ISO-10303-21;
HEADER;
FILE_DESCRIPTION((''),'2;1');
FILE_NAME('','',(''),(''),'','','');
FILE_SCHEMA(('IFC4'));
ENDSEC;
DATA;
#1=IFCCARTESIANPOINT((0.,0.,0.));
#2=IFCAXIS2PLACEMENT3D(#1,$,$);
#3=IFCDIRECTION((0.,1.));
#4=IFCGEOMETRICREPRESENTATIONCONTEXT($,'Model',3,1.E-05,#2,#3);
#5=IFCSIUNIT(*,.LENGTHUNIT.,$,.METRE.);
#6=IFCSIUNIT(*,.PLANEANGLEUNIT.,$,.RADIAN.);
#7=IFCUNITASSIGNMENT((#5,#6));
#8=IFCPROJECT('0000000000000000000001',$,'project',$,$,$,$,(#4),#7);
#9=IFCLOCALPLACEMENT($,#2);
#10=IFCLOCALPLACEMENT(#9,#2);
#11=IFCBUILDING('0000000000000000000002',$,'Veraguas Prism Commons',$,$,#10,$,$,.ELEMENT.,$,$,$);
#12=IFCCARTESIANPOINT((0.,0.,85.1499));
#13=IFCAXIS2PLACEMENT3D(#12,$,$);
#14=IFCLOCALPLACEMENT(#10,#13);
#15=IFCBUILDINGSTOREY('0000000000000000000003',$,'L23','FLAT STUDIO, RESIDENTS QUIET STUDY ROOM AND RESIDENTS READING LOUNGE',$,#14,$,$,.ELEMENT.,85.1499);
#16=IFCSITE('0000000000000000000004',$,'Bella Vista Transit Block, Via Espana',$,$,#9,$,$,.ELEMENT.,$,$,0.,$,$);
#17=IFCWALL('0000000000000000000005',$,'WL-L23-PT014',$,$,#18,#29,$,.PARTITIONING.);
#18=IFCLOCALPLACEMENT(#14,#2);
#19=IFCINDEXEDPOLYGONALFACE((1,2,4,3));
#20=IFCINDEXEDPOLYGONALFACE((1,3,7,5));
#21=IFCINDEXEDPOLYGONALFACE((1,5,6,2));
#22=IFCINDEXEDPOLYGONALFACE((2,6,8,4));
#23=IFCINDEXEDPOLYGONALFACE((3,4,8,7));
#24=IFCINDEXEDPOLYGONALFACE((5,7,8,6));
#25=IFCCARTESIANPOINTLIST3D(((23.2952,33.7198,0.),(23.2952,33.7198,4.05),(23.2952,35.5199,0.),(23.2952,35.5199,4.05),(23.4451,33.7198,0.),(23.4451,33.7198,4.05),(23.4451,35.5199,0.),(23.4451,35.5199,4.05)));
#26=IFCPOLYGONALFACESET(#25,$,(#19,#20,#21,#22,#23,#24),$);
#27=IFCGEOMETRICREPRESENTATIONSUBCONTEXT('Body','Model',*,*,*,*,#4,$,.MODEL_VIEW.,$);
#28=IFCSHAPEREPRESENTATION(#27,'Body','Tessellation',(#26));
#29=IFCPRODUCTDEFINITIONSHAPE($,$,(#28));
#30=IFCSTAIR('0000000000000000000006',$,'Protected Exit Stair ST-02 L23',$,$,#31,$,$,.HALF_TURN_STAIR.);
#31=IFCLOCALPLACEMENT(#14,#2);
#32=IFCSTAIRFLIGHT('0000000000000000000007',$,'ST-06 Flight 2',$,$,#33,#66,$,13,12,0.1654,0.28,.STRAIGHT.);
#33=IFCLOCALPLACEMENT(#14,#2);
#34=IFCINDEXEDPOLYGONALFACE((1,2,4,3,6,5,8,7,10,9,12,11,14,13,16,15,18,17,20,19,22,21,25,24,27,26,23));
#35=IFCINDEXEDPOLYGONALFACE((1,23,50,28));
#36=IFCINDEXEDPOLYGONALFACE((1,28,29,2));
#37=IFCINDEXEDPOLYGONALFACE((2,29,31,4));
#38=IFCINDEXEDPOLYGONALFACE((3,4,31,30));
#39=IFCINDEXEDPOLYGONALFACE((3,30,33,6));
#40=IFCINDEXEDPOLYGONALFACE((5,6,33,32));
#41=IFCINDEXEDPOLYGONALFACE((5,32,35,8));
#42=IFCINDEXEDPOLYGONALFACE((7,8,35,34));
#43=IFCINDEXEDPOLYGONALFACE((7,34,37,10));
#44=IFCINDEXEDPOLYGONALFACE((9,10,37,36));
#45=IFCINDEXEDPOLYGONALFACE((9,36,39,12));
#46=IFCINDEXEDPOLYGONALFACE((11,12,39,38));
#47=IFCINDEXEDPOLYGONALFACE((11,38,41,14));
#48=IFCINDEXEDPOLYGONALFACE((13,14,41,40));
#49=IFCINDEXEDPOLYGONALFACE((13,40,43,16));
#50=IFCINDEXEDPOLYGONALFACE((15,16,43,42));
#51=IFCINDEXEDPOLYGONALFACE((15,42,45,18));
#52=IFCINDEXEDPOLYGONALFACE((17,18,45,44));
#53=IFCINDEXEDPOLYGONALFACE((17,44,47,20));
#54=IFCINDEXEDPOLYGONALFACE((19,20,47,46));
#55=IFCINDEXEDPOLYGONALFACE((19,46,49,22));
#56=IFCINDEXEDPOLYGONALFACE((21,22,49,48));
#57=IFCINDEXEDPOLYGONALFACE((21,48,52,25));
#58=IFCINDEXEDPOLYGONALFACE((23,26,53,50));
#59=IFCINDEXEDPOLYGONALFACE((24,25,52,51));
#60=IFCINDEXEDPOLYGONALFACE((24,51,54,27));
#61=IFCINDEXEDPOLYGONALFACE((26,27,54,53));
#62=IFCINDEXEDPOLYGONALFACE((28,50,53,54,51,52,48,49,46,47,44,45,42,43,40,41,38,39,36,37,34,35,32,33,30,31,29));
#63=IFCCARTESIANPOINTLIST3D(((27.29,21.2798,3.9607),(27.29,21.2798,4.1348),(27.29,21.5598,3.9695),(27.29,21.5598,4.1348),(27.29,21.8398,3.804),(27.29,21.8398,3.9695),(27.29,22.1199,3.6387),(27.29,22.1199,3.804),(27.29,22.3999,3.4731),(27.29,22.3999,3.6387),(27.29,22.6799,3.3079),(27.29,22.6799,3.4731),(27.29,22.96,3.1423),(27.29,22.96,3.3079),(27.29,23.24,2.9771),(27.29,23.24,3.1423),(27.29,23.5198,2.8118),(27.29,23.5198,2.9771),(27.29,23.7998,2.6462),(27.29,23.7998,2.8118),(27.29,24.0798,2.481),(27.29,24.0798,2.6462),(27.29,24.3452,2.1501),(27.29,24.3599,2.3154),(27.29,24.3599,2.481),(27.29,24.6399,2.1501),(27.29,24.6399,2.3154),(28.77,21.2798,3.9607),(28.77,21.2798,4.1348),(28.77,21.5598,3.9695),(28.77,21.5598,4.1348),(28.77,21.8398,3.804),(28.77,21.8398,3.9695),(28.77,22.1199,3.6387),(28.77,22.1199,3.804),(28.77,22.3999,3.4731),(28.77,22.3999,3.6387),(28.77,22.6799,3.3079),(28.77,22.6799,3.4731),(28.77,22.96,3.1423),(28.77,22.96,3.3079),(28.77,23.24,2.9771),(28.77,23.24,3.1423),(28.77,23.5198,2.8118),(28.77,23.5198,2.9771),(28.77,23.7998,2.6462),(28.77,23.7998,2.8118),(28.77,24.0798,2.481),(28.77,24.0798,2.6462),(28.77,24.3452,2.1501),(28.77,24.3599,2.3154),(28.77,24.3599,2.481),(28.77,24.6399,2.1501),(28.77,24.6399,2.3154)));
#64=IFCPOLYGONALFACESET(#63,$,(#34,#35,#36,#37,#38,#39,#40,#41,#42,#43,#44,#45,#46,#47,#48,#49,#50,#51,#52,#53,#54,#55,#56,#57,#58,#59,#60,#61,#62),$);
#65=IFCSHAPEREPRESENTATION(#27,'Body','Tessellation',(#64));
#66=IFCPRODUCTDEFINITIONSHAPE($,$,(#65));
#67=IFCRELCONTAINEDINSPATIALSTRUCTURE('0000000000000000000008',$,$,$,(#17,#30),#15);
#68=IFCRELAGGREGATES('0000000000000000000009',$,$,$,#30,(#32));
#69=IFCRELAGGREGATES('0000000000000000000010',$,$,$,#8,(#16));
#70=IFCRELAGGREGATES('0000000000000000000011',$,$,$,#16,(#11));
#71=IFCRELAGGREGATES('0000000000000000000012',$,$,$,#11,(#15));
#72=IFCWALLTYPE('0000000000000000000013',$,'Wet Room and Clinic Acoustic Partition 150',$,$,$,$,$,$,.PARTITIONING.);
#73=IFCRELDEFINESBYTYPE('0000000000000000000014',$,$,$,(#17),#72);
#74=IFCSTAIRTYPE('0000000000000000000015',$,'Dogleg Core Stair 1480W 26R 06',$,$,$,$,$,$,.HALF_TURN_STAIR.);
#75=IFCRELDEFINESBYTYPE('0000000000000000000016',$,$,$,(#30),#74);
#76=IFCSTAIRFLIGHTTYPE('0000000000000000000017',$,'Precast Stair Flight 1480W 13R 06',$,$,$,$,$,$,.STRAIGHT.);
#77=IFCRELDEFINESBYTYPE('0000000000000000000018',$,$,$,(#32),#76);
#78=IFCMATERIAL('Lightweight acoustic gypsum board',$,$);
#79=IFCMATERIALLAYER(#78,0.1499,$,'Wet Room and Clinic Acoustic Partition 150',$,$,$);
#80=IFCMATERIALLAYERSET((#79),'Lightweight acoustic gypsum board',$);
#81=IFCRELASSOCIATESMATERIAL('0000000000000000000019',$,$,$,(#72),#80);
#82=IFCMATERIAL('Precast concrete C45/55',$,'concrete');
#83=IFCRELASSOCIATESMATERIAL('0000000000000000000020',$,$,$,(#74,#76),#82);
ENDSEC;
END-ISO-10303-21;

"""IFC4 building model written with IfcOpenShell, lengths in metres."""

from ifc_helpers import new_model, si_unit, direction, frame, frame_2d, origin, place, context, subcontext, project, spatial, polyline, rectangle, outline, extrude, material, layer, layer_set, type_object, element, aggregate, save


model = new_model("IFC4")

# Units and contexts
model_context = context("Model", 3, precision=1e-05, world=origin(), true_north=direction((0.0, 1.0)))
body_context = subcontext(model_context, "Body", "Model", "MODEL_VIEW")
ifc_project = project(units=[si_unit("LENGTHUNIT", "METRE"), si_unit("PLANEANGLEUNIT", "RADIAN")], contexts=[model_context])

# Site, building, storey
site_placement = place(None, origin())
site = spatial("IfcSite", under=ifc_project, at=site_placement, Name="Bella Vista Transit Block, Via Espana", CompositionType="ELEMENT", RefElevation=0.0)
building_placement = place(site_placement, origin())
building = spatial("IfcBuilding", under=site, at=building_placement, Name="Veraguas Prism Commons", CompositionType="ELEMENT")
storey_placement = place(building_placement, frame((0.0, 0.0, 85.1499)))
storey = spatial("IfcBuildingStorey", under=building, at=storey_placement, Name="L23", Description="FLAT STUDIO, RESIDENTS QUIET STUDY ROOM AND RESIDENTS READING LOUNGE", CompositionType="ELEMENT", Elevation=85.1499)

# Shared definitions
ifc_material_1 = material(Name="Lightweight acoustic gypsum board")

# Wall
ifc_layer_1 = layer(ifc_material_1, 0.1499, Name="Wet Room and Clinic Acoustic Partition 150")
ifc_layer_set_1 = layer_set([ifc_layer_1], Name="Lightweight acoustic gypsum board")
wall_type_1 = type_object("IfcWallType", Name="Wet Room and Clinic Acoustic Partition 150", PredefinedType="PARTITIONING", material=ifc_layer_set_1)
wall_1_placement = place(storey_placement, frame((23.3701, 33.72, 0.0), z_axis=(0.0, 0.0, 1.0), x_axis=(0.0, 1.0, 0.0)))
element("IfcWall", 1, at=wall_1_placement, inside=storey, type_object=wall_type_1, Name="WL-L23-PT014", PredefinedType="PARTITIONING", context=body_context, shape_type="SweptSolid", body=[
    extrude(rectangle(XDim=1.8, YDim=0.1499, at=frame_2d((0.8999, 0.0))), origin(), (0.0, 0.0, 1.0), 4.05),
])

# Stair, stair flight
ifc_material_2 = material(Name="Precast concrete C45/55", Category="concrete")
stair_type = type_object("IfcStairType", Name="Dogleg Core Stair 1480W 26R 06", PredefinedType="HALF_TURN_STAIR", material=ifc_material_2)
stair_placement = place(storey_placement, origin())
stair = element("IfcStair", 2, at=stair_placement, inside=storey, type_object=stair_type, Name="Protected Exit Stair ST-02 L23", PredefinedType="HALF_TURN_STAIR")
stair_flight_type = type_object("IfcStairFlightType", Name="Precast Stair Flight 1480W 13R 06", PredefinedType="STRAIGHT", material=ifc_material_2)
stair_flight_placement = place(storey_placement, frame((28.03, 24.6399, 2.1501), z_axis=(0.0, 0.0, 1.0), x_axis=(0.0, -1.0, 0.0)))
stair_flight = element("IfcStairFlight", 3, at=stair_flight_placement, type_object=stair_flight_type, Name="ST-06 Flight 2", NumberOfRisers=13, NumberOfTreads=12, PredefinedType="STRAIGHT", RiserHeight=0.1654, TreadLength=0.28, context=body_context, shape_type="SweptSolid", body=[
    extrude(outline(polyline([(0.0, 0.0), (0.0, 0.1653), (0.28, 0.1653), (0.28, 0.3308), (0.5601, 0.3308), (0.5601, 0.4961), (0.8401, 0.4961), (0.8401, 0.6616), (1.1201, 0.6616), (1.1201, 0.8269), (1.3999, 0.8269), (1.3999, 0.9922), (1.6799, 0.9922), (1.6799, 1.1577), (1.96, 1.1577), (1.96, 1.323), (2.24, 1.323), (2.24, 1.4885), (2.52, 1.4885), (2.52, 1.6538), (2.8, 1.6538), (2.8, 1.8193), (3.0801, 1.8193), (3.0801, 1.9846), (3.3601, 1.9846), (3.3601, 2.1499), (3.3601, 1.8105), (0.2947, 0.0), (0.0, 0.0)])), frame((0.0, 0.74, 0.0), z_axis=(0.0, -1.0, 0.0), x_axis=(1.0, 0.0, 0.0)), (0.0, 0.0, 1.0), 1.48),
])
aggregate(stair, [stair_flight])

save(model, "model.ifc")
